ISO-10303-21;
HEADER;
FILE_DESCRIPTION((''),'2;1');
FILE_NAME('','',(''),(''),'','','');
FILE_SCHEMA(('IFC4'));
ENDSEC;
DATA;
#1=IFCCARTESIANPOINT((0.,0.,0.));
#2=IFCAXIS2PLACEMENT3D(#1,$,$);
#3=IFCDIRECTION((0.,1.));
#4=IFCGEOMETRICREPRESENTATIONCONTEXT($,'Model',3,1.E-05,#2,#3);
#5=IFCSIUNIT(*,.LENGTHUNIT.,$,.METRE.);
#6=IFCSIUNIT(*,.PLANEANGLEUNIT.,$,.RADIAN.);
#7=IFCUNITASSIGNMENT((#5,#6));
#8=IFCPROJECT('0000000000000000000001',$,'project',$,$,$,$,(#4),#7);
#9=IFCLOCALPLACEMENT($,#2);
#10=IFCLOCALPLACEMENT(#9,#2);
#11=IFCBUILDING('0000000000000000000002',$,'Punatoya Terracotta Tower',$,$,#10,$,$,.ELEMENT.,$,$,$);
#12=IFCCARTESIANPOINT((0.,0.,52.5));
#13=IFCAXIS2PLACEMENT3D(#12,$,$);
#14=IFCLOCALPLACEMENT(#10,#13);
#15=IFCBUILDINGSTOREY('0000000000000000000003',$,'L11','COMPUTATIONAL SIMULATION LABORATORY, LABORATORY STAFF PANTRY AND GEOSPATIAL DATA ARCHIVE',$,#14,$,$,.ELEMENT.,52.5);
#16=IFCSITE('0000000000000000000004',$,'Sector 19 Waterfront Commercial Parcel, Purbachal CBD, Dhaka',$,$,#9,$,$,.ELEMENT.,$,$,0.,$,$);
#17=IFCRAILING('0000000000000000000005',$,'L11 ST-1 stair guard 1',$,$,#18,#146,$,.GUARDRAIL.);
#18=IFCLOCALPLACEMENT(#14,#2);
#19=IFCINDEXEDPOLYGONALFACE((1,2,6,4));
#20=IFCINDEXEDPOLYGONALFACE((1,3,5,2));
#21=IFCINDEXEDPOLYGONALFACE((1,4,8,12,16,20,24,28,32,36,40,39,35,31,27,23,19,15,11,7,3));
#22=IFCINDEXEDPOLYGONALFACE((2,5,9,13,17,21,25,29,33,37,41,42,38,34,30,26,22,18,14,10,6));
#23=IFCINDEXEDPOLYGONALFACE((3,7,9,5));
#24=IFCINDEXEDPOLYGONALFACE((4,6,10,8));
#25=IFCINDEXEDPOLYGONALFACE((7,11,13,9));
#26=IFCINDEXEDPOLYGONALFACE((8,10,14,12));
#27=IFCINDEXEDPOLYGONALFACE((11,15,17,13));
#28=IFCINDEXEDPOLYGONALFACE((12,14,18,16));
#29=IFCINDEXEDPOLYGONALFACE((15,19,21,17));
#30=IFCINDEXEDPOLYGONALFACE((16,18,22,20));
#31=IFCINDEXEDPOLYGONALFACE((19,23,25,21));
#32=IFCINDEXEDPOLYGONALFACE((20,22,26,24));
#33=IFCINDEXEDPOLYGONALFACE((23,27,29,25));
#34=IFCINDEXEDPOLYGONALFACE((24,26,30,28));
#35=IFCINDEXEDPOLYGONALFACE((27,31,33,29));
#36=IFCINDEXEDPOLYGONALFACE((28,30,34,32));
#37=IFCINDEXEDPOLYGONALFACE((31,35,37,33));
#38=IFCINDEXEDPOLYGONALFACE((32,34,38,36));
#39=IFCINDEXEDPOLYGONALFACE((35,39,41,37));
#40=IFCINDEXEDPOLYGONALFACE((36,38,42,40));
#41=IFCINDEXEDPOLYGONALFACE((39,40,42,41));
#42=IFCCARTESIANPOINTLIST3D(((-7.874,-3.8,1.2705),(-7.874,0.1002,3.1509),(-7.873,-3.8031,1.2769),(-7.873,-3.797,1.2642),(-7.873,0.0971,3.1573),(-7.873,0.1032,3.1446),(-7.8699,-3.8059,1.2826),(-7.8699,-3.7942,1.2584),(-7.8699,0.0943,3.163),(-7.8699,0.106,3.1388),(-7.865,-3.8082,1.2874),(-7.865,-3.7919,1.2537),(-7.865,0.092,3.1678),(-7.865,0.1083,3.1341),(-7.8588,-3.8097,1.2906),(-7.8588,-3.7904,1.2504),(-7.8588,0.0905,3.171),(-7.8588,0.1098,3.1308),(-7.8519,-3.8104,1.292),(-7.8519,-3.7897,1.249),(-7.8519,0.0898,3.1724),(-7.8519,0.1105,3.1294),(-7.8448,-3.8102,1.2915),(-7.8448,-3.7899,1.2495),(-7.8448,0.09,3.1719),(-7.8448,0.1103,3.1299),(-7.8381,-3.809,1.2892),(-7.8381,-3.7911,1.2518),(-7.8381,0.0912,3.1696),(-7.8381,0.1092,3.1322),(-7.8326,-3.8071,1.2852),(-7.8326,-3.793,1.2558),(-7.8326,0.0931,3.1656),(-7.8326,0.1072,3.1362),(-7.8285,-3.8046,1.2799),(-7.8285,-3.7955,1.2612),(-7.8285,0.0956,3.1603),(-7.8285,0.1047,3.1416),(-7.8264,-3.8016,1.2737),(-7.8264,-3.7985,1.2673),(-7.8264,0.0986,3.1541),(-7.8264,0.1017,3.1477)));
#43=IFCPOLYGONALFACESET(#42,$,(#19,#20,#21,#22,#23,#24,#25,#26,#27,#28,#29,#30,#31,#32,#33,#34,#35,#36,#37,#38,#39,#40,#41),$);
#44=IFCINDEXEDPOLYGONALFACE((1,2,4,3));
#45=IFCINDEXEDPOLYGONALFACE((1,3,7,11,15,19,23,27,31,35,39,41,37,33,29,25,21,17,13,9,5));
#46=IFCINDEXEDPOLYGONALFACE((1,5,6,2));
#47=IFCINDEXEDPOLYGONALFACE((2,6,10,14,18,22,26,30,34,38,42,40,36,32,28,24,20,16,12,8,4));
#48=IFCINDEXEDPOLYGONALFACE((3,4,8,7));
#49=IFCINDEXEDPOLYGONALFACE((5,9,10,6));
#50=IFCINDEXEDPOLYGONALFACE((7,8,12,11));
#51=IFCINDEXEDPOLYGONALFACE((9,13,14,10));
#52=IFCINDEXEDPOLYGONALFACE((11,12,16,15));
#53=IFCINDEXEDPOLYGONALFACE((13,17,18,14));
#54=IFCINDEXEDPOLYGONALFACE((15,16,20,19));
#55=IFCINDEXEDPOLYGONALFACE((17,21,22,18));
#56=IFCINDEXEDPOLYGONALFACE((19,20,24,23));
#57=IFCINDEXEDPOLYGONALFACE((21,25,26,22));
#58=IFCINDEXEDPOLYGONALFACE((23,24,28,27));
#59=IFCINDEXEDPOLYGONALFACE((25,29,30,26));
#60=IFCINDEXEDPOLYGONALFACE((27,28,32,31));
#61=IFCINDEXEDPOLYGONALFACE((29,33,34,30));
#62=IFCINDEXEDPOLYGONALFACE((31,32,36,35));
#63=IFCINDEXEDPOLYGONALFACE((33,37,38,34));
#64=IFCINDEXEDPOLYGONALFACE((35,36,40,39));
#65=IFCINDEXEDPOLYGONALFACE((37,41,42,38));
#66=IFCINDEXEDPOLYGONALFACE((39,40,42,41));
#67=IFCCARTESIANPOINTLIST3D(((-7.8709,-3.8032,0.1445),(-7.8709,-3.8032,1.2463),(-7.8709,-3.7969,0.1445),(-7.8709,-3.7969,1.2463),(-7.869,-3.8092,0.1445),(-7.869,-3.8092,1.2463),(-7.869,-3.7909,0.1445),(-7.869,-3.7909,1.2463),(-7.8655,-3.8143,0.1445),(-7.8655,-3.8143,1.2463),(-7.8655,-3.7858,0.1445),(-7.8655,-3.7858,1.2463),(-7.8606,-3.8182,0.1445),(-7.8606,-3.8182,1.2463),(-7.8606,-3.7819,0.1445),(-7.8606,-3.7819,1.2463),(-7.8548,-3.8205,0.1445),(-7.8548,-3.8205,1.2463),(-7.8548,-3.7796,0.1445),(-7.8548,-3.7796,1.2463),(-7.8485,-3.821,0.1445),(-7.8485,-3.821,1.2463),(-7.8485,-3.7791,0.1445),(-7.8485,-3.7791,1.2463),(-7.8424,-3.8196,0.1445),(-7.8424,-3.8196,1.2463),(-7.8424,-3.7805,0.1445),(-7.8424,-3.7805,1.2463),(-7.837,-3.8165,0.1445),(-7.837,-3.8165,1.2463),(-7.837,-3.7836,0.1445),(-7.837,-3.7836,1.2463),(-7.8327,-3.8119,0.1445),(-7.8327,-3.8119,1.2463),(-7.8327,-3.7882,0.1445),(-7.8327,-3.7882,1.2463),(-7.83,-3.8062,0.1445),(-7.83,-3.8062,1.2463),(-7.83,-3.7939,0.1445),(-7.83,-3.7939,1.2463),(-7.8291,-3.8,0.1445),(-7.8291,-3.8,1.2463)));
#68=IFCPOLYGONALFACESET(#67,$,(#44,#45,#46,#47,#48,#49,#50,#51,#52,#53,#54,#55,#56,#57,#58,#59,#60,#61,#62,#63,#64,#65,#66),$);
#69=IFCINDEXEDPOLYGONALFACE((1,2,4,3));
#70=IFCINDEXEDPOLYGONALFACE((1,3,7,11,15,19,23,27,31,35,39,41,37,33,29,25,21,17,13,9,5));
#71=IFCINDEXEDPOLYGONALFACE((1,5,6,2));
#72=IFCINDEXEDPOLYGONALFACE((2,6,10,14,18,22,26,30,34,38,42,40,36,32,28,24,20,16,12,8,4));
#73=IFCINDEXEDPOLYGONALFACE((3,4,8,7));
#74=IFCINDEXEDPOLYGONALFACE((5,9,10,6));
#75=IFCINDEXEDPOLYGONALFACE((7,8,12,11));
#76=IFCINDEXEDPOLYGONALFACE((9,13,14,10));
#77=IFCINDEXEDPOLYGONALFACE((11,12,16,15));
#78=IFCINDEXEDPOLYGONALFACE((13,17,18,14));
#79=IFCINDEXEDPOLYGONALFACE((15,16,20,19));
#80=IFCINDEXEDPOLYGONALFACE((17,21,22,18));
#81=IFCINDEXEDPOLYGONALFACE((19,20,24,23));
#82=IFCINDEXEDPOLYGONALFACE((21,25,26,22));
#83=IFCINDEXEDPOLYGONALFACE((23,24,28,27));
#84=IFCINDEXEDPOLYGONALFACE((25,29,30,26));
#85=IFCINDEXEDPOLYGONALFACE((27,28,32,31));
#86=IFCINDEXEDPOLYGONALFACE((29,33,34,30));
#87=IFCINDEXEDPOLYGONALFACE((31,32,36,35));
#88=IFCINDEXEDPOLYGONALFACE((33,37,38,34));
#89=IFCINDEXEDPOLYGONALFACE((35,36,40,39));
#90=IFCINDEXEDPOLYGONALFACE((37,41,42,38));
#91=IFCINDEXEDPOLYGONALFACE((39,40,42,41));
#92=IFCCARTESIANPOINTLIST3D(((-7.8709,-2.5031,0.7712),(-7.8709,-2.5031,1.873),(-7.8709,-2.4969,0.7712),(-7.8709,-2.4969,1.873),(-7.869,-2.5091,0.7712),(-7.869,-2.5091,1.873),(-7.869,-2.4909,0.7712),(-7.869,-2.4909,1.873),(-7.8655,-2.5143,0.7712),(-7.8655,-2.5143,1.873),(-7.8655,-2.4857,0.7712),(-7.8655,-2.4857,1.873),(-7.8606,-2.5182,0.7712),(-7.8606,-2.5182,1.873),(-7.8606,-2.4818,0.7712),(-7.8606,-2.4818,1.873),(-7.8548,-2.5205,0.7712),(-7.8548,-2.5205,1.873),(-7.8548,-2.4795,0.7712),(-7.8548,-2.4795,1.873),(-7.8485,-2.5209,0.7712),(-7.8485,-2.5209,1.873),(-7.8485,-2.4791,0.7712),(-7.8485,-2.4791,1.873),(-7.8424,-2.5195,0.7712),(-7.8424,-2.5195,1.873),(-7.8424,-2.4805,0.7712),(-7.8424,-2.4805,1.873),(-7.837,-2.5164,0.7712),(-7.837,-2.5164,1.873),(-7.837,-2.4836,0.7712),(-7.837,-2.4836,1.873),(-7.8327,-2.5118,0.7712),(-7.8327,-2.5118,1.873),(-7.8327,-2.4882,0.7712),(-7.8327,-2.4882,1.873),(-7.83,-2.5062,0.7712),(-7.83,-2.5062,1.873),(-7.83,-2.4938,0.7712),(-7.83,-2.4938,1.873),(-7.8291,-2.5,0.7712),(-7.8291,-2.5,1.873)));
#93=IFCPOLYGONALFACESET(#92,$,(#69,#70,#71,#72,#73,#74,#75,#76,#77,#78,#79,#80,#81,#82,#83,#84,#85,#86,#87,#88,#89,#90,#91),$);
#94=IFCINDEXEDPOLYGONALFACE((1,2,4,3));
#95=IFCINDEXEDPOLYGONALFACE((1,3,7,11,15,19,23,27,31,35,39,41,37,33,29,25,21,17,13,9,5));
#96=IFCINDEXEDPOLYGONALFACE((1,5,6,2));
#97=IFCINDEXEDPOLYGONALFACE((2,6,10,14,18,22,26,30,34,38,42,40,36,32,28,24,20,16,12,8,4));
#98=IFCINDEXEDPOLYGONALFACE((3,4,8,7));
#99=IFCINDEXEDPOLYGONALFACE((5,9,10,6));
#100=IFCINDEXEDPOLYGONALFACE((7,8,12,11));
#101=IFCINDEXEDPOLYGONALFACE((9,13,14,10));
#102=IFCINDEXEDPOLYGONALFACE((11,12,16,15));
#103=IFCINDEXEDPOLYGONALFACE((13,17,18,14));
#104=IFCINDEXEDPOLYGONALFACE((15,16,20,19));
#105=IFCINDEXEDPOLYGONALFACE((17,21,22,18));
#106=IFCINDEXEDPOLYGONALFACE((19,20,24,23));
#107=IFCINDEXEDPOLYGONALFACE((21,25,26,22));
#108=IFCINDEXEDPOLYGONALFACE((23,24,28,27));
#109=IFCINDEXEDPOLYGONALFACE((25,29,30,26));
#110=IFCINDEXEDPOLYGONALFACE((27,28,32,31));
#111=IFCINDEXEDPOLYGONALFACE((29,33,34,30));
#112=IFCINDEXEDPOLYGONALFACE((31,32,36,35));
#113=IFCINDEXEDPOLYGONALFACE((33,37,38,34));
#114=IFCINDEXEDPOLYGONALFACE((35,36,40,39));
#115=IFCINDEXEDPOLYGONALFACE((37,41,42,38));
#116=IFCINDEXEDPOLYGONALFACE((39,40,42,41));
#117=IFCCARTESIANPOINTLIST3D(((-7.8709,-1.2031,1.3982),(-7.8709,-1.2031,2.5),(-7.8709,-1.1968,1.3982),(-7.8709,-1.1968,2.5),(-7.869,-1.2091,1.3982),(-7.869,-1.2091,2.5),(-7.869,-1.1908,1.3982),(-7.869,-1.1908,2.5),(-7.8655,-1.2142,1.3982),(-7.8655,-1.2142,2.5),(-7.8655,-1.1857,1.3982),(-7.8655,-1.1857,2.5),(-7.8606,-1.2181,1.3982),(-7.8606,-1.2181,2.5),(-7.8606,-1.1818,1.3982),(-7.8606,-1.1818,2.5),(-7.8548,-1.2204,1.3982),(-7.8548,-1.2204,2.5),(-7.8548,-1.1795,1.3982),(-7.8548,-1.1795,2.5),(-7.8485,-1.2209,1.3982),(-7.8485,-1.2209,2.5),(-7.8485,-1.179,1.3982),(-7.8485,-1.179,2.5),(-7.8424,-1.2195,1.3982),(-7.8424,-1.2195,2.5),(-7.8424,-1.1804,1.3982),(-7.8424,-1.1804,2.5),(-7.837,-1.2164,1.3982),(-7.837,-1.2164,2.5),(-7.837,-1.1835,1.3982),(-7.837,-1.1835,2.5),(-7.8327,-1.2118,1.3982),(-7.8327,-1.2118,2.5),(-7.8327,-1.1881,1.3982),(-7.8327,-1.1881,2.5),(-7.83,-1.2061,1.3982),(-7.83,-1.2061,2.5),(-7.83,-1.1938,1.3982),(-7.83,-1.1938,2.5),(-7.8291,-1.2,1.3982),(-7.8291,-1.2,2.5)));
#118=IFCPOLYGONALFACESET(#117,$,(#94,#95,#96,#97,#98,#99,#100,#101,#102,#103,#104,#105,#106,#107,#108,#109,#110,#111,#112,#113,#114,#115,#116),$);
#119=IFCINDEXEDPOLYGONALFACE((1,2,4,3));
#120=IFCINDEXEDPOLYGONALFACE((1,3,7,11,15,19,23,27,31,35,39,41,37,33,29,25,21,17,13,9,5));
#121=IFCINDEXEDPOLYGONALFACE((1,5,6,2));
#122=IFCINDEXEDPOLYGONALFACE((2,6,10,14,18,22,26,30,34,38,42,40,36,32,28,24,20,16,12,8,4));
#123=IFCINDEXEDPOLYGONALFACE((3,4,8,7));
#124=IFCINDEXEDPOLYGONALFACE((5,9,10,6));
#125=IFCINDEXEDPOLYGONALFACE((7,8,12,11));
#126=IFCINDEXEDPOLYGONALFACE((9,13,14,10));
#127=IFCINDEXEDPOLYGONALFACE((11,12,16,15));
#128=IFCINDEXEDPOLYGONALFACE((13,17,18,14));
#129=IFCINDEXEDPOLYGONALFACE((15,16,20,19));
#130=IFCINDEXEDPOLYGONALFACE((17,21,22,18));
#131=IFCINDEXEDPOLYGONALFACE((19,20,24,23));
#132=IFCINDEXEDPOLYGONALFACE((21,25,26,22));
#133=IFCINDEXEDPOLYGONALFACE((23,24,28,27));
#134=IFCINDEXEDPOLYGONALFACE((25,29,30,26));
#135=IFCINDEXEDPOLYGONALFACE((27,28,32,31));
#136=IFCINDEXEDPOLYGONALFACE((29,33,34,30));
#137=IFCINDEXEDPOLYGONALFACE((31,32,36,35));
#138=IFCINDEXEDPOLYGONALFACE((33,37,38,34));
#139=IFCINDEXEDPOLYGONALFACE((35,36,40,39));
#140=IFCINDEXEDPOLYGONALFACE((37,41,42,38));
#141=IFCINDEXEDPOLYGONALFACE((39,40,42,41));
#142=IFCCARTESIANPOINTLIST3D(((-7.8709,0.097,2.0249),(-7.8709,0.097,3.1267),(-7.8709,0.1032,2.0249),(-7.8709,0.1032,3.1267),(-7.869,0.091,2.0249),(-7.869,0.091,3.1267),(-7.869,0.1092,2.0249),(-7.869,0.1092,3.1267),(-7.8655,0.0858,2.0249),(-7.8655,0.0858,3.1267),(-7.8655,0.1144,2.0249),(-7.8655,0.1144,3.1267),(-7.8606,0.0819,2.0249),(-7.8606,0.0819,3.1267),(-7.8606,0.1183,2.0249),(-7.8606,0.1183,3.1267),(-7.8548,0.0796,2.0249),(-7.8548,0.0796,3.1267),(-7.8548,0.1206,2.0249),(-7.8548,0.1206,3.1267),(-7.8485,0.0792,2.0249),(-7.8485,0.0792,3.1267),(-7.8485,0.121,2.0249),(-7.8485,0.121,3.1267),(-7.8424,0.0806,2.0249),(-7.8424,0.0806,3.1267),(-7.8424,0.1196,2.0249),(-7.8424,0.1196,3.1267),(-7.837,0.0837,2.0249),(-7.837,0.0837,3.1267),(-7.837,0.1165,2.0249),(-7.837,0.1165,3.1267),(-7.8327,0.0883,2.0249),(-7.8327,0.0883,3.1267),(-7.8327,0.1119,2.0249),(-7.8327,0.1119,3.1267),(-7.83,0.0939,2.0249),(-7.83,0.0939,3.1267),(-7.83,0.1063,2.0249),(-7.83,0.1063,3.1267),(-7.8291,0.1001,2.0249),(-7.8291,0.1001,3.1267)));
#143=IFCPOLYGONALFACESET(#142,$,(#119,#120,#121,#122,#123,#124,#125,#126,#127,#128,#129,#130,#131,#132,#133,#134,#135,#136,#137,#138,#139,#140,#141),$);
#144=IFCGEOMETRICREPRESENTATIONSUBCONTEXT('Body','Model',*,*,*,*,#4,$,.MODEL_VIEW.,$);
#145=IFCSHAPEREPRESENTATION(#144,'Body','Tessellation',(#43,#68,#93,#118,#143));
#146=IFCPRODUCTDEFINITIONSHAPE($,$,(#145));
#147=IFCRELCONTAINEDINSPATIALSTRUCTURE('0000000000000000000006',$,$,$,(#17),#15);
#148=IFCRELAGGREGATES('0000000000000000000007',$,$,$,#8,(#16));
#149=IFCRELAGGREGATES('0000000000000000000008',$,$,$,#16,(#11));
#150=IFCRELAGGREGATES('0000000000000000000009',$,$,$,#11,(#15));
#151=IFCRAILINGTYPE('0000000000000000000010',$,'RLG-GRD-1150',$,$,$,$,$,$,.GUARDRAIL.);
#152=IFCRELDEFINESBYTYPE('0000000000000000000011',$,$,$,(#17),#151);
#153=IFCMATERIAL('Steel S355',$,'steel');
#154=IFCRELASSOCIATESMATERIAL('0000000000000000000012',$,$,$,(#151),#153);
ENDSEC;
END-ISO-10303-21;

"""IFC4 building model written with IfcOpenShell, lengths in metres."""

from ifc_helpers import new_model, si_unit, direction, frame, origin, origin_2d, place, context, subcontext, project, spatial, circle, extrude, material, type_object, element, save


model = new_model("IFC4")

# Units and contexts
model_context = context("Model", 3, precision=1e-05, world=origin(), true_north=direction((0.0, 1.0)))
body_context = subcontext(model_context, "Body", "Model", "MODEL_VIEW")
ifc_project = project(units=[si_unit("LENGTHUNIT", "METRE"), si_unit("PLANEANGLEUNIT", "RADIAN")], contexts=[model_context])

# Site, building, storey
site_placement = place(None, origin())
site = spatial("IfcSite", under=ifc_project, at=site_placement, Name="Sector 19 Waterfront Commercial Parcel, Purbachal CBD, Dhaka", CompositionType="ELEMENT", RefElevation=0.0)
building_placement = place(site_placement, origin())
building = spatial("IfcBuilding", under=site, at=building_placement, Name="Punatoya Terracotta Tower", CompositionType="ELEMENT")
storey_placement = place(building_placement, frame((0.0, 0.0, 52.5)))
storey = spatial("IfcBuildingStorey", under=building, at=storey_placement, Name="L11", Description="COMPUTATIONAL SIMULATION LABORATORY, LABORATORY STAFF PANTRY AND GEOSPATIAL DATA ARCHIVE", CompositionType="ELEMENT", Elevation=52.5)

# Shared definitions
ifc_material_1 = material(Name="Steel S355", Category="steel")

# Railing
railing_type_1 = type_object("IfcRailingType", Name="RLG-GRD-1150", PredefinedType="GUARDRAIL", material=ifc_material_1)
railing_1_placement = place(storey_placement, frame((-7.8501, -3.8, 0.1445)))
element("IfcRailing", 1, at=railing_1_placement, inside=storey, type_object=railing_type_1, Name="L11 ST-1 stair guard 1", PredefinedType="GUARDRAIL", context=body_context, shape_type="SweptSolid", body=[
    extrude(circle(Radius=0.0239, at=origin_2d()), frame((0.0, 0.0, 1.126), z_axis=(0.0, 0.900774, 0.434289), x_axis=(-1.0, 0.0, 0.0)), (0.0, 0.0, 1.0), 4.3298),
    extrude(circle(Radius=0.021, at=origin_2d()), origin(), (0.0, 0.0, 1.0), 1.1018),
    extrude(circle(Radius=0.021, at=origin_2d()), frame((0.0, 1.3, 0.6267)), (0.0, 0.0, 1.0), 1.1018),
    extrude(circle(Radius=0.021, at=origin_2d()), frame((0.0, 2.6001, 1.2537)), (0.0, 0.0, 1.0), 1.1018),
    extrude(circle(Radius=0.021, at=origin_2d()), frame((0.0, 3.9001, 1.8804)), (0.0, 0.0, 1.0), 1.1018),
])

save(model, "model.ifc")
